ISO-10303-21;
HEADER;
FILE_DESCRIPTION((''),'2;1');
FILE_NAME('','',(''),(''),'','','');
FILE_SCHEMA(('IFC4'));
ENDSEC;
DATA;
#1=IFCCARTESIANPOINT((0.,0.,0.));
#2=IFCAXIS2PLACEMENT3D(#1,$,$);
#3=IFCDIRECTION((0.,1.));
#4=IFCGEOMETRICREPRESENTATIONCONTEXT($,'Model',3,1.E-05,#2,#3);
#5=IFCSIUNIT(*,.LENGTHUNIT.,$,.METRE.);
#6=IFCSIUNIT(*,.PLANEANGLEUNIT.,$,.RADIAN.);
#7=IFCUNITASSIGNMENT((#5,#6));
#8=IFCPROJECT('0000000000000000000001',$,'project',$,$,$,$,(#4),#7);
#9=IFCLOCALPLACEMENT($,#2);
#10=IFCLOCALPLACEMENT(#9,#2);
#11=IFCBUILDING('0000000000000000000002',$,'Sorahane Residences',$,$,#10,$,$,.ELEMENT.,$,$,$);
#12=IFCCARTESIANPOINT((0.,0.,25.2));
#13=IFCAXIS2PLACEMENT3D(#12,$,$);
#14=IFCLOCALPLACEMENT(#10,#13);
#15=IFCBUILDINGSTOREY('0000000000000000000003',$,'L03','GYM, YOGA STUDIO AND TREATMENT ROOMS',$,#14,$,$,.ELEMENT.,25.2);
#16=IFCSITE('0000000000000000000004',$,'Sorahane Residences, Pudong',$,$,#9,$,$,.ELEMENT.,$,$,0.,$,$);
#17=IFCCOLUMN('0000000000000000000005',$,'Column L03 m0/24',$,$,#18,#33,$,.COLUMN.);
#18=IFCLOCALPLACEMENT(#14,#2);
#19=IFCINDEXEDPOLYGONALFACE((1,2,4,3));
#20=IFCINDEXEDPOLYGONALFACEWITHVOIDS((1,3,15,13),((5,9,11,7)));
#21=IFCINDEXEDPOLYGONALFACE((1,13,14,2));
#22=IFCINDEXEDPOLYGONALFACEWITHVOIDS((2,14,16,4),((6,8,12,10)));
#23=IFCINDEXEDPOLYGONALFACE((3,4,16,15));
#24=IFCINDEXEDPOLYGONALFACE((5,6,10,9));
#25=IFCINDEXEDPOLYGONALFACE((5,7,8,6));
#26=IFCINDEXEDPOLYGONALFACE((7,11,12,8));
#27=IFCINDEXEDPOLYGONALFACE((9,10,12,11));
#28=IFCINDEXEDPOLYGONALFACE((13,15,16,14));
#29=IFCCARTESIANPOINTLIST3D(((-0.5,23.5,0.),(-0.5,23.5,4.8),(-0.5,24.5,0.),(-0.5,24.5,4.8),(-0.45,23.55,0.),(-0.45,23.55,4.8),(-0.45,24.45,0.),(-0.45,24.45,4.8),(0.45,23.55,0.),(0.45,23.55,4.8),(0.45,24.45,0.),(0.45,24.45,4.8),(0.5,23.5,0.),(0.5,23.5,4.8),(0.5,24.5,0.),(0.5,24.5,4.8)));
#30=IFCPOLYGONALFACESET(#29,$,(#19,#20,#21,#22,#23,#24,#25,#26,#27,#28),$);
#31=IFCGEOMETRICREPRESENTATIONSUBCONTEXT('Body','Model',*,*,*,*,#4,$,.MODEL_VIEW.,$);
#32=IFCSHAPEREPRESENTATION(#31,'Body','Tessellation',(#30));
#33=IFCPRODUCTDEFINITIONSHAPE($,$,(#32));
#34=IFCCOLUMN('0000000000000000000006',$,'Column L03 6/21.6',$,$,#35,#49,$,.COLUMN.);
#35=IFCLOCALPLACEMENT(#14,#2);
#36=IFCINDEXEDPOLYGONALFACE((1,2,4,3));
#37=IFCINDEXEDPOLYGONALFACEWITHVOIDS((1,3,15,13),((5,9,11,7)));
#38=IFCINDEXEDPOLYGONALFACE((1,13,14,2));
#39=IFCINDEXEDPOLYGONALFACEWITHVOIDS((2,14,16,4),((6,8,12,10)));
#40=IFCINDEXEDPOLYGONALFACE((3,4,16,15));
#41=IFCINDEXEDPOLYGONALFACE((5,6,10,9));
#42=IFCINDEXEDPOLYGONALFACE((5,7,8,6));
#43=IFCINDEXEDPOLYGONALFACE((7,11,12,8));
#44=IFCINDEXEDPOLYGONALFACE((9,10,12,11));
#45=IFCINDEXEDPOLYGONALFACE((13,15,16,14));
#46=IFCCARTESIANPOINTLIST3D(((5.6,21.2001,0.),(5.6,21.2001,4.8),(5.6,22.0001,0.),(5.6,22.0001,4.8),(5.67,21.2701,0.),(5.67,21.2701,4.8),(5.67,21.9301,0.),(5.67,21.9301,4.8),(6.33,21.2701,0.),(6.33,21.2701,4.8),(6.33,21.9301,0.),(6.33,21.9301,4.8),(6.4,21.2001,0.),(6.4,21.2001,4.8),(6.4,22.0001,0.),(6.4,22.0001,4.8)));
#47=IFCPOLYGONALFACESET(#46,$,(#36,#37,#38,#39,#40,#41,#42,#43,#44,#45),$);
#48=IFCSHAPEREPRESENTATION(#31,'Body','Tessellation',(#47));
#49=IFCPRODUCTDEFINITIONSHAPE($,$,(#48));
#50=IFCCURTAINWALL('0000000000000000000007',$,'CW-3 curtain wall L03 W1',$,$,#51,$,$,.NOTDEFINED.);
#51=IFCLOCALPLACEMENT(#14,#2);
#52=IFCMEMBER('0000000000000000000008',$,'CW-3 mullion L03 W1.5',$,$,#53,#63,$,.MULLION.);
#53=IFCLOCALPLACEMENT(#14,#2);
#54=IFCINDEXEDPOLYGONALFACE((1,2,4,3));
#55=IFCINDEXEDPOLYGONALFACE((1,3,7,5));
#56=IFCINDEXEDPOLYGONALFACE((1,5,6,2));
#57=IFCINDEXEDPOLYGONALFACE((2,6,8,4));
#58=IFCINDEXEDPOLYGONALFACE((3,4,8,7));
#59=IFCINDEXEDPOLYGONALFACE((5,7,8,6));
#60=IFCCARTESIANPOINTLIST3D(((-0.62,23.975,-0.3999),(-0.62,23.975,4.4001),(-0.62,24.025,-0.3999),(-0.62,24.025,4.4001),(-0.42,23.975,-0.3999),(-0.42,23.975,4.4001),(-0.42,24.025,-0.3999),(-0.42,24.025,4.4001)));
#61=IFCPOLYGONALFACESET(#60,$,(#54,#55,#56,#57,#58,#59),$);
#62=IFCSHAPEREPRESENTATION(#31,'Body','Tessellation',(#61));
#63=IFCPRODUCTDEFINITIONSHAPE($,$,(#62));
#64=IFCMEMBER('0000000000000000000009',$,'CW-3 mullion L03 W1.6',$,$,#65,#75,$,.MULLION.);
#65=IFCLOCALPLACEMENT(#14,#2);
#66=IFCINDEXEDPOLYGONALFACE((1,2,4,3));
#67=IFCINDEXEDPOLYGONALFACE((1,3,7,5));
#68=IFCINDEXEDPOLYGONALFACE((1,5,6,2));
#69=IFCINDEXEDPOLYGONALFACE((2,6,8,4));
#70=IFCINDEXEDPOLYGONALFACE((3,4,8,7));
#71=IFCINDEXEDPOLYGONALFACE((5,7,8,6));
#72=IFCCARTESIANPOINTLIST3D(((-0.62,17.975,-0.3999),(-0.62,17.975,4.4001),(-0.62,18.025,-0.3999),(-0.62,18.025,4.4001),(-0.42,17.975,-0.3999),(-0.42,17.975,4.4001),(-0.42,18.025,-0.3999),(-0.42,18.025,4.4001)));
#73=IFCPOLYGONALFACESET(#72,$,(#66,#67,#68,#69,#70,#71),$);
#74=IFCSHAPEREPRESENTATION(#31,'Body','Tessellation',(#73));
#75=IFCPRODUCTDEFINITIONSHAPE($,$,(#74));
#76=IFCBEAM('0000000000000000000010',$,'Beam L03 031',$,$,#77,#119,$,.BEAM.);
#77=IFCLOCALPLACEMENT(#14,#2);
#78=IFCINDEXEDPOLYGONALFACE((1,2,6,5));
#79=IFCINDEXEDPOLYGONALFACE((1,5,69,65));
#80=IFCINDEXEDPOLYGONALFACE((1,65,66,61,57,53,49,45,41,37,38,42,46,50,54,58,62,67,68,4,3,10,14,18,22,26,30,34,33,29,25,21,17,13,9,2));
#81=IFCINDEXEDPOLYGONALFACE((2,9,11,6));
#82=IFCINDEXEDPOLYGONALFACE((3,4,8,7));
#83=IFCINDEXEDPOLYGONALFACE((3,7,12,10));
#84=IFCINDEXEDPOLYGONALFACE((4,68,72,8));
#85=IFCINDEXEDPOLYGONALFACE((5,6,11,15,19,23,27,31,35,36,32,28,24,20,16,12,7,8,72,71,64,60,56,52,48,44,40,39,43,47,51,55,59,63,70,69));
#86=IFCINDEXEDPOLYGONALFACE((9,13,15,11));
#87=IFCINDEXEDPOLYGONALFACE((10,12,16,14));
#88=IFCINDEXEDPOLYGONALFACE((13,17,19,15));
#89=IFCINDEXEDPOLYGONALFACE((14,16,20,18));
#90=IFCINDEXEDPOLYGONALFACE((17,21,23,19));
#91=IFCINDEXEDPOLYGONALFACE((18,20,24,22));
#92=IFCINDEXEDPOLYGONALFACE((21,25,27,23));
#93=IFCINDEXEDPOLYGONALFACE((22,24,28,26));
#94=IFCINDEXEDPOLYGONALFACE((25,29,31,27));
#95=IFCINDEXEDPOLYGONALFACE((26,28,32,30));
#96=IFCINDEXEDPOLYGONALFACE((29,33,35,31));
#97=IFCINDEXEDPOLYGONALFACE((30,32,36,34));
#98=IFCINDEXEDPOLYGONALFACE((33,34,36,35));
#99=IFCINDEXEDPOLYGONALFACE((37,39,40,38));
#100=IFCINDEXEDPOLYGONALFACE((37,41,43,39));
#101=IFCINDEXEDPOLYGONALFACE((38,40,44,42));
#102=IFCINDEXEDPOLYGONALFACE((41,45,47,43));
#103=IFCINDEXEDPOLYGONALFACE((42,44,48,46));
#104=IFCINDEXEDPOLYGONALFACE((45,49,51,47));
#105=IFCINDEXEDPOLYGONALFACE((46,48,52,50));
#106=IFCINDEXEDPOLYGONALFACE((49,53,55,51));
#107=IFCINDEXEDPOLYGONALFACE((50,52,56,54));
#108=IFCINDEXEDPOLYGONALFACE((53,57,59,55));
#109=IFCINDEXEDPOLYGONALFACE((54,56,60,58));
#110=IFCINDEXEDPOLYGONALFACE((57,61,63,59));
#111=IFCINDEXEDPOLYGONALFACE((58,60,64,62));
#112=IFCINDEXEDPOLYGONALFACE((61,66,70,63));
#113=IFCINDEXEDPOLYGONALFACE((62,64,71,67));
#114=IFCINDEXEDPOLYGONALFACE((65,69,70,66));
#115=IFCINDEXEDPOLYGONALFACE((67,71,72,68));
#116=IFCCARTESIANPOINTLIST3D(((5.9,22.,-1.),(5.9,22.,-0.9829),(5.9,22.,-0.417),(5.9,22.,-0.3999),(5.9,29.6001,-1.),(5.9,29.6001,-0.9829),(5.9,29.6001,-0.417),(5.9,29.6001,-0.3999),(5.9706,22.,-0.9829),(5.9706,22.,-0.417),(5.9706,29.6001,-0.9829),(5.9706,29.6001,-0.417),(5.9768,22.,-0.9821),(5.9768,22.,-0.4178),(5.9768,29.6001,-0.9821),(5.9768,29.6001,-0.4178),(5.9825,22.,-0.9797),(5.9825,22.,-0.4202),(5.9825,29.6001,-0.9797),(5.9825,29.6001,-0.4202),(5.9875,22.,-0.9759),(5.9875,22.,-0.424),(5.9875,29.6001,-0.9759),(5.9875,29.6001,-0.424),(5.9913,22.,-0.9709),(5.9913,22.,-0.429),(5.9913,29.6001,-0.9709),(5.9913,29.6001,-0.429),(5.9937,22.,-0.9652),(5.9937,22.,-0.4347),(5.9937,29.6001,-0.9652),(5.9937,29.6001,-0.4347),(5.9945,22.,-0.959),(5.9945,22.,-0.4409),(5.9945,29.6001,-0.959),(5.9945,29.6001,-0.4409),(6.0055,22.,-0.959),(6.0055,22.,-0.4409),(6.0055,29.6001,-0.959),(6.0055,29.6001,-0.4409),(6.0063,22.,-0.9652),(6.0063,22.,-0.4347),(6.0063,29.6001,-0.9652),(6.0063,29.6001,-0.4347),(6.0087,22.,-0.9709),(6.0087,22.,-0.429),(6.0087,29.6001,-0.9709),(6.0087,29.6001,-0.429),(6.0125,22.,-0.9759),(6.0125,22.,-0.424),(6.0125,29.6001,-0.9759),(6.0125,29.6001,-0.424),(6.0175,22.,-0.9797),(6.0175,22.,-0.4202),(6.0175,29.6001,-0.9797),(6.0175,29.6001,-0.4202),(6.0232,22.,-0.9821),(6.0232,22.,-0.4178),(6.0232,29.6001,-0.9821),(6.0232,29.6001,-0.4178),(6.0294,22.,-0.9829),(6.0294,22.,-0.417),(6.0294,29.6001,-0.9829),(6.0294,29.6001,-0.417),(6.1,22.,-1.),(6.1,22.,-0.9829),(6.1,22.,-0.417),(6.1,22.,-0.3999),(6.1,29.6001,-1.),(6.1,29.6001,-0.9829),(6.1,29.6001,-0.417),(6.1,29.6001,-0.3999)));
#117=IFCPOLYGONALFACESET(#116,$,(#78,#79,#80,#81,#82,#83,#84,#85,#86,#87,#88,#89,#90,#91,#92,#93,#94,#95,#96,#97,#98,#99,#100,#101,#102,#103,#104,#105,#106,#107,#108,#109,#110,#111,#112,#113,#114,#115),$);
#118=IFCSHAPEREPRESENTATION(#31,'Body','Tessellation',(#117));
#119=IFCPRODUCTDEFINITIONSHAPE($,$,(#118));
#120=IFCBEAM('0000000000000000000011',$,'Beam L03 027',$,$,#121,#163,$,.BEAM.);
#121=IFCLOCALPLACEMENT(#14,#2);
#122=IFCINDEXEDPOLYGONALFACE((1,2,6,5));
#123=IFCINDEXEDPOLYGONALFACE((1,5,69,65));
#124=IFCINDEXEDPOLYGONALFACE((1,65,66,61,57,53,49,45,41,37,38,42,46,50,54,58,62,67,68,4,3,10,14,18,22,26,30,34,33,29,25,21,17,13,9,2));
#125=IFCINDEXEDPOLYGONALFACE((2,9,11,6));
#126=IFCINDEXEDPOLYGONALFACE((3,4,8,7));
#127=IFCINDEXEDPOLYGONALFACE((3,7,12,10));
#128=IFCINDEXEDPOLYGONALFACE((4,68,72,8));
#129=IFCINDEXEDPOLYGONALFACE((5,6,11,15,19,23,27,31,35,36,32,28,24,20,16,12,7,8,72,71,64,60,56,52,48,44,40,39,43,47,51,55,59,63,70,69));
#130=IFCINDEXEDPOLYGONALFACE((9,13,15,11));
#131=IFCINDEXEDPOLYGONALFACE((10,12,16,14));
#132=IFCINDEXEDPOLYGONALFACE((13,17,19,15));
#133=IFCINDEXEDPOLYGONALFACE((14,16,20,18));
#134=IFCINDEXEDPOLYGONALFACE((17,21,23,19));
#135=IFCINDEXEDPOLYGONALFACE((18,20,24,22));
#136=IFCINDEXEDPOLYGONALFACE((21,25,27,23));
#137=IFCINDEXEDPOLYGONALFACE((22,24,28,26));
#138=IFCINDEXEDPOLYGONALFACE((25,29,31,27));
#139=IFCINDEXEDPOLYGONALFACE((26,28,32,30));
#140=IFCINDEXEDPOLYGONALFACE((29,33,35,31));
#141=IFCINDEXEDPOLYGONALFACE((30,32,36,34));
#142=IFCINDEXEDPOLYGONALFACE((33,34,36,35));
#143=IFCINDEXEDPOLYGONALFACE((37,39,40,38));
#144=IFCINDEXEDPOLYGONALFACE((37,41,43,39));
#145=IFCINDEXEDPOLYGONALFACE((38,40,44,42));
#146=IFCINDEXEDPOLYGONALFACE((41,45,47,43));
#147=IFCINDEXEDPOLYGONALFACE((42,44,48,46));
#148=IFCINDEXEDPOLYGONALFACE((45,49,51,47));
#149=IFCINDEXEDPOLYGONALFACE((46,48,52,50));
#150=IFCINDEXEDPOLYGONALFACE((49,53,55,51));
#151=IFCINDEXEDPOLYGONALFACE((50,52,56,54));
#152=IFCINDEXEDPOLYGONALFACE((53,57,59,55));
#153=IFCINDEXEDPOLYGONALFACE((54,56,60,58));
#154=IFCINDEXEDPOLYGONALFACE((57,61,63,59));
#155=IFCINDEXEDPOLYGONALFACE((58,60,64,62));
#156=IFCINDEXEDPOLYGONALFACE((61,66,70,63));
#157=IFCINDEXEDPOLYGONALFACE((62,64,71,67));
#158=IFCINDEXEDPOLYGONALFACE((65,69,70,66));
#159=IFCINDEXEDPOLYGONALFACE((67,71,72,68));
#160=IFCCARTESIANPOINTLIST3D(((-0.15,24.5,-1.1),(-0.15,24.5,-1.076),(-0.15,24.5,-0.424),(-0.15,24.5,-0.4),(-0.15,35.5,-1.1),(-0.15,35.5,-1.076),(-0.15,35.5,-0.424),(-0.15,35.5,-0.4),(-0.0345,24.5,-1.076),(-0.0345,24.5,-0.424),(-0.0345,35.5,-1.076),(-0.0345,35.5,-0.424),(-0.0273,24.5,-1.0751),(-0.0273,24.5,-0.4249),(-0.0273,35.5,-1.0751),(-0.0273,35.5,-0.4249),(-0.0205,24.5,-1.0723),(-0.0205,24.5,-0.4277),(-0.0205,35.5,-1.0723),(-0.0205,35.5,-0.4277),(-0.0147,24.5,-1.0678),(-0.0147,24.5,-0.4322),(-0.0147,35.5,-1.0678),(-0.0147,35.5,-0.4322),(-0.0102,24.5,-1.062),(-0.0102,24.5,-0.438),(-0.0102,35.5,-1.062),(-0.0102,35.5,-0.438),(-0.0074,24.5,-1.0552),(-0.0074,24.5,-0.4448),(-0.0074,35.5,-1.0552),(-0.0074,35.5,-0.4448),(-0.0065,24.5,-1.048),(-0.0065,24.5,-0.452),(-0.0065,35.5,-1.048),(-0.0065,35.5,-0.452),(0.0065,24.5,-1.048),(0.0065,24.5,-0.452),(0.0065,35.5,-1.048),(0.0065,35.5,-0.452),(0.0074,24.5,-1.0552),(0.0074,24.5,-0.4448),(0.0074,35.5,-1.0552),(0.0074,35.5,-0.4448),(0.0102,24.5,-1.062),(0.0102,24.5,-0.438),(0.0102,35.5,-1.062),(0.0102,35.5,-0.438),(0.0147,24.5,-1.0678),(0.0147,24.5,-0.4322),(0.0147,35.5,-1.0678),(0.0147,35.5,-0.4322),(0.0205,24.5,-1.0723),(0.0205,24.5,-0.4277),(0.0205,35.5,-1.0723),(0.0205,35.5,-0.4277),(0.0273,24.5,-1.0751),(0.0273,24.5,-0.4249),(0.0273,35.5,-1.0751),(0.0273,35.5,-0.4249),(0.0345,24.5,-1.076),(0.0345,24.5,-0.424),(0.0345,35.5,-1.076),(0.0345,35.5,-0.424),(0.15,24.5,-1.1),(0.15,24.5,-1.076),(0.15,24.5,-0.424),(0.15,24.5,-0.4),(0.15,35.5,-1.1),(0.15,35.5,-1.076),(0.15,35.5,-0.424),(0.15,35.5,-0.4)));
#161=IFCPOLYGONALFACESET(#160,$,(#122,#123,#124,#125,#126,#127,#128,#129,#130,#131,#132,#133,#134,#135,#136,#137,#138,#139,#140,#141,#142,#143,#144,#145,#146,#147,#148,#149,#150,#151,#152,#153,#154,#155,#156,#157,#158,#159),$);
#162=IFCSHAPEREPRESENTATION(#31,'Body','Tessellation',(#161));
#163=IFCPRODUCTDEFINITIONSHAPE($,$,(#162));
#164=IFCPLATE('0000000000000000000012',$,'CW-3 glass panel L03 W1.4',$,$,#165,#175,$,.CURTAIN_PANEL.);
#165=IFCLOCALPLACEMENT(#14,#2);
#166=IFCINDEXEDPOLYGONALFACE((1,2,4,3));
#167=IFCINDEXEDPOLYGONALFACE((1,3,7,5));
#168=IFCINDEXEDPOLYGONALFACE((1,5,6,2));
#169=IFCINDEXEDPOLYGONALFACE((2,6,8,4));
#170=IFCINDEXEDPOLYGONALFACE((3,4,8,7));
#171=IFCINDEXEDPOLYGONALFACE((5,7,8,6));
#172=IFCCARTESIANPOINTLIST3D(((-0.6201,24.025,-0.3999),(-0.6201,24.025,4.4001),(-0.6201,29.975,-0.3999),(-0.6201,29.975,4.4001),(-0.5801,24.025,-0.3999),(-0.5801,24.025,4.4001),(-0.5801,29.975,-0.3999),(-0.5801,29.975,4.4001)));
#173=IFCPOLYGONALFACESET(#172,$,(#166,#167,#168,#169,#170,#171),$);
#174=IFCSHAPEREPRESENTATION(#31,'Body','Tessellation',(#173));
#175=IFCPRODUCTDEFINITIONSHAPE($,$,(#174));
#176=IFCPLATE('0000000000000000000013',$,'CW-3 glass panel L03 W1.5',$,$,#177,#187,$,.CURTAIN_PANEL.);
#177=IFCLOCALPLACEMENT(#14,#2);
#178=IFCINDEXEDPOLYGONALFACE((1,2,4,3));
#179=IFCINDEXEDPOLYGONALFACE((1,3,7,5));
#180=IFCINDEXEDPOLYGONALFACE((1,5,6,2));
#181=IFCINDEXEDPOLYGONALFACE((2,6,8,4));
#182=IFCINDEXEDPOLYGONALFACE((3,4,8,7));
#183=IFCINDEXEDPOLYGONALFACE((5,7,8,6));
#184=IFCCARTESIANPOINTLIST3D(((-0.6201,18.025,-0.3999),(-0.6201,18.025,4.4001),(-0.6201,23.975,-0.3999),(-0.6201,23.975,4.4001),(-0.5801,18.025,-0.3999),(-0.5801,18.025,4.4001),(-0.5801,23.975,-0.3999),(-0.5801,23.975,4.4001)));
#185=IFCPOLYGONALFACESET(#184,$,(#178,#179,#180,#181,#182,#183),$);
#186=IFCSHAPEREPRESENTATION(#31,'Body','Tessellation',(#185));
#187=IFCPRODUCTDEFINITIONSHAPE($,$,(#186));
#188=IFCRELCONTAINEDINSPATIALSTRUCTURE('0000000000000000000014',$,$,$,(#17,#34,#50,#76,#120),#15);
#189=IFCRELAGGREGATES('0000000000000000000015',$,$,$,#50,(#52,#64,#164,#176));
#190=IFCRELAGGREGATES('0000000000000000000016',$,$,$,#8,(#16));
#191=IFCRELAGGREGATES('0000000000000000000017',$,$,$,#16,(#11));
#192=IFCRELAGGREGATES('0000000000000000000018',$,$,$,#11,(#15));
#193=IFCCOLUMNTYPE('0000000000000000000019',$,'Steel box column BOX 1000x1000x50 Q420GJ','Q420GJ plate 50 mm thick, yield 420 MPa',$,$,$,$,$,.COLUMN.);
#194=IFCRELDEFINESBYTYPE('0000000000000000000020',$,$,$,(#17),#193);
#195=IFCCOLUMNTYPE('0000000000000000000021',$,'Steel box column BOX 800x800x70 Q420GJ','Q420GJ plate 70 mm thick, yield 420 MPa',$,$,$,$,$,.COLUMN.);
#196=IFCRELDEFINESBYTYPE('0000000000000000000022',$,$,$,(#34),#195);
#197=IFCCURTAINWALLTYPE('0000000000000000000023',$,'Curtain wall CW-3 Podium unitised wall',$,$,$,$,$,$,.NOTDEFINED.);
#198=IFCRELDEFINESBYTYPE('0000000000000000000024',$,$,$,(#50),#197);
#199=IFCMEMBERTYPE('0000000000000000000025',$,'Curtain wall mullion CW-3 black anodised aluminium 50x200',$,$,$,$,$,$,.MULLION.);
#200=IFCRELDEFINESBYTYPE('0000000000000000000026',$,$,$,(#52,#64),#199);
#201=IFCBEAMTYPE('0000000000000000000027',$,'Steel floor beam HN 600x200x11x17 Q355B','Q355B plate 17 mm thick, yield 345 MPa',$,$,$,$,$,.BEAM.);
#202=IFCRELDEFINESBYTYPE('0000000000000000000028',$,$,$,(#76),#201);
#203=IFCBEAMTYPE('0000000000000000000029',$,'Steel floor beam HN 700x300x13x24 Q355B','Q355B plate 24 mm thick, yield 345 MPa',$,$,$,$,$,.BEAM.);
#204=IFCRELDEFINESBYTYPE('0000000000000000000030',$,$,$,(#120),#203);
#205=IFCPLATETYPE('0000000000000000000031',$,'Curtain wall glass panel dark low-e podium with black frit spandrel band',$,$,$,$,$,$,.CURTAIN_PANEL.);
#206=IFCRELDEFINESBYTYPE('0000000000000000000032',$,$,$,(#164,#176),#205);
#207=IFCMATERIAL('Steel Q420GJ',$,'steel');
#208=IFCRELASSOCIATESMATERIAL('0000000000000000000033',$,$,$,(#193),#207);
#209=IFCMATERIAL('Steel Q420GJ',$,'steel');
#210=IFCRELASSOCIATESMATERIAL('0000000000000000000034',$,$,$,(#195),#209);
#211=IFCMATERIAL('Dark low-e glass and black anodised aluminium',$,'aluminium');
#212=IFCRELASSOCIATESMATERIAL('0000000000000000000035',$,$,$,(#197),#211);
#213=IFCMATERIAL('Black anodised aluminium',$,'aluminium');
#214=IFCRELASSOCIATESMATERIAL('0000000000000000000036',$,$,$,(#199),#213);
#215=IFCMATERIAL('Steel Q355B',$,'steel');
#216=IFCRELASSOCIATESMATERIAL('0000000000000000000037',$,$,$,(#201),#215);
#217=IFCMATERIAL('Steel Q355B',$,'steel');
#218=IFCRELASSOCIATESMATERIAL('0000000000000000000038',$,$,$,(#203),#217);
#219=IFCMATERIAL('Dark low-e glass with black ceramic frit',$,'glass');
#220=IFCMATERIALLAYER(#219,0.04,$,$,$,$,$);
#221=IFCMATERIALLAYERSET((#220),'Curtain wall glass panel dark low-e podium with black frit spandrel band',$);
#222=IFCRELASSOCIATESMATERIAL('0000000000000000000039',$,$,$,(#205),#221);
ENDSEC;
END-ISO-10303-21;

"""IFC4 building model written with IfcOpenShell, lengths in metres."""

from ifc_helpers import new_model, si_unit, direction, frame, origin, origin_2d, place, context, subcontext, project, spatial, rectangle, hollow_rectangle, i_section, extrude, material, layer, layer_set, material_profile, profile_set, type_object, element, aggregate, save


model = new_model("IFC4")

# Units and contexts
model_context = context("Model", 3, precision=1e-05, world=origin(), true_north=direction((0.0, 1.0)))
body_context = subcontext(model_context, "Body", "Model", "MODEL_VIEW")
ifc_project = project(units=[si_unit("LENGTHUNIT", "METRE"), si_unit("PLANEANGLEUNIT", "RADIAN")], contexts=[model_context])

# Site, building, storey
site_placement = place(None, origin())
site = spatial("IfcSite", under=ifc_project, at=site_placement, Name="Sorahane Residences, Pudong", CompositionType="ELEMENT", RefElevation=0.0)
building_placement = place(site_placement, origin())
building = spatial("IfcBuilding", under=site, at=building_placement, Name="Sorahane Residences", CompositionType="ELEMENT")
storey_placement = place(building_placement, frame((0.0, 0.0, 25.2)))
storey = spatial("IfcBuildingStorey", under=building, at=storey_placement, Name="L03", Description="GYM, YOGA STUDIO AND TREATMENT ROOMS", CompositionType="ELEMENT", Elevation=25.2)

# Columns
ifc_material_1 = material(Name="Steel Q420GJ", Category="steel")
ifc_material_profile_1 = material_profile(ifc_material_1, hollow_rectangle(XDim=1.0, YDim=1.0, WallThickness=0.05, at=origin_2d()), Name="BOX 1000x1000x50")
ifc_profile_set_1 = profile_set([ifc_material_profile_1], Name="Steel Q420GJ")
column_type_1 = type_object("IfcColumnType", Name="Steel box column BOX 1000x1000x50 Q420GJ", Description="Q420GJ plate 50 mm thick, yield 420 MPa", PredefinedType="COLUMN", material=ifc_profile_set_1)
column_1_placement = place(storey_placement, frame((0.0, 24.0, 0.0), z_axis=(0.0, 0.0, 1.0), x_axis=(1.0, 0.0, 0.0)))
element("IfcColumn", 1, at=column_1_placement, inside=storey, type_object=column_type_1, Name="Column L03 m0/24", PredefinedType="COLUMN", context=body_context, shape_type="SweptSolid", body=[
    extrude(hollow_rectangle(XDim=1.0, YDim=1.0, WallThickness=0.05, at=origin_2d()), origin(), (0.0, 0.0, 1.0), 4.8),
])
ifc_material_2 = material(Name="Steel Q420GJ", Category="steel")
ifc_material_profile_2 = material_profile(ifc_material_2, hollow_rectangle(XDim=0.8, YDim=0.8, WallThickness=0.0701, at=origin_2d()), Name="BOX 800x800x70")
ifc_profile_set_2 = profile_set([ifc_material_profile_2], Name="Steel Q420GJ")
column_type_2 = type_object("IfcColumnType", Name="Steel box column BOX 800x800x70 Q420GJ", Description="Q420GJ plate 70 mm thick, yield 420 MPa", PredefinedType="COLUMN", material=ifc_profile_set_2)
column_2_placement = place(storey_placement, frame((6.0, 21.6001, 0.0), z_axis=(0.0, 0.0, 1.0), x_axis=(1.0, 0.0, 0.0)))
element("IfcColumn", 2, at=column_2_placement, inside=storey, type_object=column_type_2, Name="Column L03 6/21.6", PredefinedType="COLUMN", context=body_context, shape_type="SweptSolid", body=[
    extrude(hollow_rectangle(XDim=0.8, YDim=0.8, WallThickness=0.0701, at=origin_2d()), origin(), (0.0, 0.0, 1.0), 4.8),
])

# Curtain wall, members
ifc_material_3 = material(Name="Dark low-e glass and black anodised aluminium", Category="aluminium")
curtain_wall_type = type_object("IfcCurtainWallType", Name="Curtain wall CW-3 Podium unitised wall", PredefinedType="NOTDEFINED", material=ifc_material_3)
curtain_wall_placement = place(storey_placement, origin())
curtain_wall = element("IfcCurtainWall", 3, at=curtain_wall_placement, inside=storey, type_object=curtain_wall_type, Name="CW-3 curtain wall L03 W1", PredefinedType="NOTDEFINED")
ifc_material_4 = material(Name="Black anodised aluminium", Category="aluminium")
ifc_material_profile_3 = material_profile(ifc_material_4, rectangle(XDim=0.2, YDim=0.05, at=origin_2d()), Name="Curtain wall mullion CW-3 black anodised aluminium 50x200")
ifc_profile_set_3 = profile_set([ifc_material_profile_3], Name="Black anodised aluminium")
member_type = type_object("IfcMemberType", Name="Curtain wall mullion CW-3 black anodised aluminium 50x200", PredefinedType="MULLION", material=ifc_profile_set_3)
member_1_placement = place(storey_placement, frame((-0.52, 24.0, -0.3999), z_axis=(0.0, 0.0, 1.0), x_axis=(-1.0, 0.0, 0.0)))
member_1 = element("IfcMember", 4, at=member_1_placement, type_object=member_type, Name="CW-3 mullion L03 W1.5", PredefinedType="MULLION", context=body_context, shape_type="SweptSolid", body=[
    extrude(rectangle(XDim=0.2, YDim=0.05, at=origin_2d()), origin(), (0.0, 0.0, 1.0), 4.8),
])
member_2_placement = place(storey_placement, frame((-0.52, 18.0, -0.3999), z_axis=(0.0, 0.0, 1.0), x_axis=(-1.0, 0.0, 0.0)))
member_2 = element("IfcMember", 5, at=member_2_placement, type_object=member_type, Name="CW-3 mullion L03 W1.6", PredefinedType="MULLION", context=body_context, shape_type="SweptSolid", body=[
    extrude(rectangle(XDim=0.2, YDim=0.05, at=origin_2d()), origin(), (0.0, 0.0, 1.0), 4.8),
])

# Beams
ifc_material_5 = material(Name="Steel Q355B", Category="steel")
ifc_material_profile_4 = material_profile(ifc_material_5, i_section(OverallWidth=0.2, OverallDepth=0.6001, WebThickness=0.011, FlangeThickness=0.0171, FilletRadius=0.0239, at=origin_2d()), Name="HN 600x200x11x17")
ifc_profile_set_4 = profile_set([ifc_material_profile_4], Name="Steel Q355B")
beam_type_1 = type_object("IfcBeamType", Name="Steel floor beam HN 600x200x11x17 Q355B", Description="Q355B plate 17 mm thick, yield 345 MPa", PredefinedType="BEAM", material=ifc_profile_set_4)
beam_1_placement = place(storey_placement, frame((6.0, 22.0, -0.7), z_axis=(0.0, 1.0, 0.0), x_axis=(-1.0, 0.0, 0.0)))
element("IfcBeam", 6, at=beam_1_placement, inside=storey, type_object=beam_type_1, Name="Beam L03 031", PredefinedType="BEAM", context=body_context, shape_type="SweptSolid", body=[
    extrude(i_section(OverallWidth=0.2, OverallDepth=0.6001, WebThickness=0.011, FlangeThickness=0.0171, FilletRadius=0.0239, at=origin_2d()), origin(), (0.0, 0.0, 1.0), 7.6001),
])
ifc_material_6 = material(Name="Steel Q355B", Category="steel")
ifc_material_profile_5 = material_profile(ifc_material_6, i_section(OverallWidth=0.3, OverallDepth=0.7, WebThickness=0.0129, FlangeThickness=0.0239, FilletRadius=0.0281, at=origin_2d()), Name="HN 700x300x13x24")
ifc_profile_set_5 = profile_set([ifc_material_profile_5], Name="Steel Q355B")
beam_type_2 = type_object("IfcBeamType", Name="Steel floor beam HN 700x300x13x24 Q355B", Description="Q355B plate 24 mm thick, yield 345 MPa", PredefinedType="BEAM", material=ifc_profile_set_5)
beam_2_placement = place(storey_placement, frame((0.0, 24.5, -0.75), z_axis=(0.0, 1.0, 0.0), x_axis=(-1.0, 0.0, 0.0)))
element("IfcBeam", 7, at=beam_2_placement, inside=storey, type_object=beam_type_2, Name="Beam L03 027", PredefinedType="BEAM", context=body_context, shape_type="SweptSolid", body=[
    extrude(i_section(OverallWidth=0.3, OverallDepth=0.7, WebThickness=0.0129, FlangeThickness=0.0239, FilletRadius=0.0281, at=origin_2d()), origin(), (0.0, 0.0, 1.0), 11.0),
])

# Plates
ifc_material_7 = material(Name="Dark low-e glass with black ceramic frit", Category="glass")
ifc_layer_1 = layer(ifc_material_7, 0.04)
ifc_layer_set_1 = layer_set([ifc_layer_1], Name="Curtain wall glass panel dark low-e podium with black frit spandrel band")
plate_type = type_object("IfcPlateType", Name="Curtain wall glass panel dark low-e podium with black frit spandrel band", PredefinedType="CURTAIN_PANEL", material=ifc_layer_set_1)
plate_1_placement = place(storey_placement, frame((-0.6001, 27.0, -0.3999), z_axis=(0.0, 0.0, 1.0), x_axis=(0.0, -1.0, 0.0)))
plate_1 = element("IfcPlate", 8, at=plate_1_placement, type_object=plate_type, Name="CW-3 glass panel L03 W1.4", PredefinedType="CURTAIN_PANEL", context=body_context, shape_type="SweptSolid", body=[
    extrude(rectangle(XDim=5.95, YDim=0.04, at=origin_2d()), origin(), (0.0, 0.0, 1.0), 4.8),
])
plate_2_placement = place(storey_placement, frame((-0.6001, 21.0, -0.3999), z_axis=(0.0, 0.0, 1.0), x_axis=(0.0, -1.0, 0.0)))
plate_2 = element("IfcPlate", 9, at=plate_2_placement, type_object=plate_type, Name="CW-3 glass panel L03 W1.5", PredefinedType="CURTAIN_PANEL", context=body_context, shape_type="SweptSolid", body=[
    extrude(rectangle(XDim=5.95, YDim=0.04, at=origin_2d()), origin(), (0.0, 0.0, 1.0), 4.8),
])
aggregate(curtain_wall, [member_1, member_2, plate_1, plate_2])

save(model, "model.ifc")
